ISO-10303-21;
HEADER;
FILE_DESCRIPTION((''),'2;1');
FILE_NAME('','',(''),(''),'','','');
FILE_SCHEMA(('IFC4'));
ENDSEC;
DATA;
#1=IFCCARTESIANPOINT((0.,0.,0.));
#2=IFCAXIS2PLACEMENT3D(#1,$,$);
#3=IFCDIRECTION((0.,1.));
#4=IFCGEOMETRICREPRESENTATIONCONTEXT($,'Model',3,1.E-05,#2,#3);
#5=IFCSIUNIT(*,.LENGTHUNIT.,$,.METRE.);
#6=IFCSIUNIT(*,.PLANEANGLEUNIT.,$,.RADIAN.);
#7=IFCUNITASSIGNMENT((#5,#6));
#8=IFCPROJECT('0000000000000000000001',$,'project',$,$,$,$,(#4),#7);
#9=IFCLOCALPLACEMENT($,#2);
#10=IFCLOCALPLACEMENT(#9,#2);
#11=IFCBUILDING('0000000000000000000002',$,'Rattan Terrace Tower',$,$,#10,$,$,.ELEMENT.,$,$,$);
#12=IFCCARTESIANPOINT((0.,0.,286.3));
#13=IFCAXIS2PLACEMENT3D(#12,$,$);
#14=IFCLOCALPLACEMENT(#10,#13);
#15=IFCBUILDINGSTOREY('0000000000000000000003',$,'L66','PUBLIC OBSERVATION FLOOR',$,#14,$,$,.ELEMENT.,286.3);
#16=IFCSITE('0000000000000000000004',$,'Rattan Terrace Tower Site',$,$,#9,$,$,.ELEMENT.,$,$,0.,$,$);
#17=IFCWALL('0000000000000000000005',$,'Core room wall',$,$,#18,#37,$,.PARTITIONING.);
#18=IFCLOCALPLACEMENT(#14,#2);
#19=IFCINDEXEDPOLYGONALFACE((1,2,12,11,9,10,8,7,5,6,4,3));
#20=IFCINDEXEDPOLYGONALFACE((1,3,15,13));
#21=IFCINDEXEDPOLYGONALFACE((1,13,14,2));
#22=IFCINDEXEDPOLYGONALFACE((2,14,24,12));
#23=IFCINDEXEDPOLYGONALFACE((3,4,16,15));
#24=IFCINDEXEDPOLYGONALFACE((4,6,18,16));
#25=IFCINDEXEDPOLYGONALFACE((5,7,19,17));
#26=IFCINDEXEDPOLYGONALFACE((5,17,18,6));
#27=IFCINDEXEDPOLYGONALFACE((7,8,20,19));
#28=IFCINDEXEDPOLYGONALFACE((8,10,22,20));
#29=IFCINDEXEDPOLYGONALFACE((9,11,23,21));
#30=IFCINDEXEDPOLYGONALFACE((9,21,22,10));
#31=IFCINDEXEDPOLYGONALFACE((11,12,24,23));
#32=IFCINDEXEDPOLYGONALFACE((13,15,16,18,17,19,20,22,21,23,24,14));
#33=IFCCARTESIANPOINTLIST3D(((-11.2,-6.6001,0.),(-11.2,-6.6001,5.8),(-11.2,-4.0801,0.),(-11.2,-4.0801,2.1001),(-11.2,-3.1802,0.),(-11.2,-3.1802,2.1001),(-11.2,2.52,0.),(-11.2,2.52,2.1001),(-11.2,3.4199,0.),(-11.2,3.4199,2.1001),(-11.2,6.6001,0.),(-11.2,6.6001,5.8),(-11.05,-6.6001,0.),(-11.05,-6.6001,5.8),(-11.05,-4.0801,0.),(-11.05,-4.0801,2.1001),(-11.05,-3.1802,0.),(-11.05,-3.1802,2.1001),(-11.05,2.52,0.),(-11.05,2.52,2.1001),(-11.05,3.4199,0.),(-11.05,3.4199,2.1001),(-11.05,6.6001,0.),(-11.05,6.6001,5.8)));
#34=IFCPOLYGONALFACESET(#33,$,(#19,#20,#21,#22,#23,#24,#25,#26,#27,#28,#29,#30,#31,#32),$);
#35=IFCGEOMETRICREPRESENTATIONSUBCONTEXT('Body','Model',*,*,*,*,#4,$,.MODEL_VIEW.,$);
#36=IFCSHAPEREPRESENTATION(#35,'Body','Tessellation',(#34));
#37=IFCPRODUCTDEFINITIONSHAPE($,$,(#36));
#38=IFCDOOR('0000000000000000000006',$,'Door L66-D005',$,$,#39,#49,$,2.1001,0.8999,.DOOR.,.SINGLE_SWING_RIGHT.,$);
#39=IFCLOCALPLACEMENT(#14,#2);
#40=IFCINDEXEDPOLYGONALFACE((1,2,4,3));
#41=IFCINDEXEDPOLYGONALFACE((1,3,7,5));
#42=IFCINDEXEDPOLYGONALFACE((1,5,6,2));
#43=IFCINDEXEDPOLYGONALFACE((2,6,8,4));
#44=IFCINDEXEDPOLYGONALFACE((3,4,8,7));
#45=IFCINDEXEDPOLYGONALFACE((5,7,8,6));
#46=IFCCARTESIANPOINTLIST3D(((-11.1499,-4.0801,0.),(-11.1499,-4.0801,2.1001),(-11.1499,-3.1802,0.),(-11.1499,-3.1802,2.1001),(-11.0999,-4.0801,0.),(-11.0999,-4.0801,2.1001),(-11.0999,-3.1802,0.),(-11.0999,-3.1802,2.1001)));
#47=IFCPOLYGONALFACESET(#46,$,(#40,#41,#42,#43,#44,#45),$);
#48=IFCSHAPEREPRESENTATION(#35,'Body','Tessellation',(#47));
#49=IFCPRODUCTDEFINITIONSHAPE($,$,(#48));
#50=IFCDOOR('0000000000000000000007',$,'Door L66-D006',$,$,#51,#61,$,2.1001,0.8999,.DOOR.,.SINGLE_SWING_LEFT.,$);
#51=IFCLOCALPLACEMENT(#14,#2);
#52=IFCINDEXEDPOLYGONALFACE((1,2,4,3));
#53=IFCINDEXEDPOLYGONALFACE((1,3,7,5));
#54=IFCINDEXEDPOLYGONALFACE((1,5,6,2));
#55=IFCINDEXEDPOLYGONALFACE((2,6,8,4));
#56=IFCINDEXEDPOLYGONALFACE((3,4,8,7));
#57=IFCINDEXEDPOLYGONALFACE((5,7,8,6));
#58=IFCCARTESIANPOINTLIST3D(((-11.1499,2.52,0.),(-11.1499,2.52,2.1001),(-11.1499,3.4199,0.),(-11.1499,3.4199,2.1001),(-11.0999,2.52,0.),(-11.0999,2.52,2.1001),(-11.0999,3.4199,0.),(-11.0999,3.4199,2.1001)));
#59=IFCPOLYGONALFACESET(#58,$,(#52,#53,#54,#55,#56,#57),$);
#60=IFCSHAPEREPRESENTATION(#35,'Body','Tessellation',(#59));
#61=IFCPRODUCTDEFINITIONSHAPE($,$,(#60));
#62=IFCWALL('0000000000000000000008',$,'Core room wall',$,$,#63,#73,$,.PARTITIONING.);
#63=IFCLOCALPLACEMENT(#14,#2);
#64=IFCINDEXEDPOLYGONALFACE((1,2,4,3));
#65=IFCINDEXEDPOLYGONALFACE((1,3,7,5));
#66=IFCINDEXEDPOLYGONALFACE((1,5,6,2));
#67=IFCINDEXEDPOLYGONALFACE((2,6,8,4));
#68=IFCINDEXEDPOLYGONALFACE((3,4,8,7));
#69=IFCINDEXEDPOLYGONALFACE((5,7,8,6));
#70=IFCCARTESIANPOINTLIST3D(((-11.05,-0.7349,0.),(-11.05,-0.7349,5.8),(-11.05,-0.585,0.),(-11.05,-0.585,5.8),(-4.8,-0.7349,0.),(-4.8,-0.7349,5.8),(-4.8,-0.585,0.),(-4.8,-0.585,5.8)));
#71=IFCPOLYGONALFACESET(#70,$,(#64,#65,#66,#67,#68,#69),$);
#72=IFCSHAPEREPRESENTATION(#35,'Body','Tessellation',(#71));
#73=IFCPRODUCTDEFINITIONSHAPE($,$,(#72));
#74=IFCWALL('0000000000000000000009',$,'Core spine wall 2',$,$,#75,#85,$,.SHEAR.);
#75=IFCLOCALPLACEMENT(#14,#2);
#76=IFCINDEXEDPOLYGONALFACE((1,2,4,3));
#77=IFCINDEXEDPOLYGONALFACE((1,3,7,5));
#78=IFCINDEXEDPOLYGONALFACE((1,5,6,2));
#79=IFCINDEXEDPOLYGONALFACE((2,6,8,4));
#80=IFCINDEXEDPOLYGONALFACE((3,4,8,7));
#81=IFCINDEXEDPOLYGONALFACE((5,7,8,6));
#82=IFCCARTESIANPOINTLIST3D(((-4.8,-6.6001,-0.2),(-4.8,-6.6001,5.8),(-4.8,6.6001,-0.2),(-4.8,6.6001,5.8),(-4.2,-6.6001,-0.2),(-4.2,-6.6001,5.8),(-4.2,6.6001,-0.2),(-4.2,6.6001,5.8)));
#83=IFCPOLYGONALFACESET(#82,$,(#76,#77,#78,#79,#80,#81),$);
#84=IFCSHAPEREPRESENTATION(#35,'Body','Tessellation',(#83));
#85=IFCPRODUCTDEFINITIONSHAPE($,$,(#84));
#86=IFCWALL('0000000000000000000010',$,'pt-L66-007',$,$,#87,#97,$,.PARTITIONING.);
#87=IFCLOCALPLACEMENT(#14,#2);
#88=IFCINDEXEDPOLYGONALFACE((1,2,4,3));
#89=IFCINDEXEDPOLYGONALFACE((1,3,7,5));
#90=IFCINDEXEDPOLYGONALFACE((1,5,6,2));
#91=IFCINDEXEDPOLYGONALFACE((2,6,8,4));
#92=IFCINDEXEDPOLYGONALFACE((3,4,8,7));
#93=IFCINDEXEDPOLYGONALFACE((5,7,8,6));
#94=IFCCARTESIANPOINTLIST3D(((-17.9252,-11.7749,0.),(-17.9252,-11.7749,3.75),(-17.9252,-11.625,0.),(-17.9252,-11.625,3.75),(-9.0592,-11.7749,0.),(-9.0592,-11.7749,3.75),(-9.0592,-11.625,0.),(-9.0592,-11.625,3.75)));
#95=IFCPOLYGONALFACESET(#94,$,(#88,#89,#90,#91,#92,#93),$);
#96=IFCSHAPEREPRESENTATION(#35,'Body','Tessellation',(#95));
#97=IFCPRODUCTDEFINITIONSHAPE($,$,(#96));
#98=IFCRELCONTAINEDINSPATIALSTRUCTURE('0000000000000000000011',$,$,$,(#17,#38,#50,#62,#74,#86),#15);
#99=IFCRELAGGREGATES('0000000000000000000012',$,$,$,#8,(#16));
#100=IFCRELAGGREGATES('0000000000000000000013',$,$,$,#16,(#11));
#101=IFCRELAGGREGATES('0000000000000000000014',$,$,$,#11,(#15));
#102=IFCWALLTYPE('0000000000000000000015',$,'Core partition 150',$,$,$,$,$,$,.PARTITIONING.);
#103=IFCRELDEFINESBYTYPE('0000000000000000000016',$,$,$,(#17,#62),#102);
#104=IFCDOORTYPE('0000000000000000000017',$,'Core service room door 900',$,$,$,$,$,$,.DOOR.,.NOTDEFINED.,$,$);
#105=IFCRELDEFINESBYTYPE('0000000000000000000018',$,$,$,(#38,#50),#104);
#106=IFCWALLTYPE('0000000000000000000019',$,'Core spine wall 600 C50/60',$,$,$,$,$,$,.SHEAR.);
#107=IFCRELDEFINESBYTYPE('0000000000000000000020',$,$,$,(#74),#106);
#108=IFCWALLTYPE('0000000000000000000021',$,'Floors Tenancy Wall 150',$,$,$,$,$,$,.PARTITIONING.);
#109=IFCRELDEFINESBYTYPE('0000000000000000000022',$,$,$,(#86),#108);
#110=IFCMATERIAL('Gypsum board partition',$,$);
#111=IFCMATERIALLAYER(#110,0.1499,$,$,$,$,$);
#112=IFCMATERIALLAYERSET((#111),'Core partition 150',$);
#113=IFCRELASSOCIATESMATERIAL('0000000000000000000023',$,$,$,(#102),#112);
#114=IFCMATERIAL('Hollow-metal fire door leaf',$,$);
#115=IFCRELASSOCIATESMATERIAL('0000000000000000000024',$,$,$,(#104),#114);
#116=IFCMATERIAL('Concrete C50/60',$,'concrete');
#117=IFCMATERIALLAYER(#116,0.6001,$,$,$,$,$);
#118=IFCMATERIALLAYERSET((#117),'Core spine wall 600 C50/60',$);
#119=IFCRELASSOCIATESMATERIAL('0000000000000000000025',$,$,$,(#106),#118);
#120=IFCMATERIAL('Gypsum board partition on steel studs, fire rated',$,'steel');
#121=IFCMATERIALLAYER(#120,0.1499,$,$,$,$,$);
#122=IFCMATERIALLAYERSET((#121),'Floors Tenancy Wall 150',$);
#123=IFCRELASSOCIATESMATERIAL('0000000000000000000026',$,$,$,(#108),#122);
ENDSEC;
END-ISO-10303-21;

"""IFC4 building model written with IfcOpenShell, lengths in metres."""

from ifc_helpers import new_model, si_unit, direction, frame, frame_2d, origin, place, context, subcontext, project, spatial, rectangle, extrude, material, layer, layer_set, type_object, element, fill, save


model = new_model("IFC4")

# Units and contexts
model_context = context("Model", 3, precision=1e-05, world=origin(), true_north=direction((0.0, 1.0)))
body_context = subcontext(model_context, "Body", "Model", "MODEL_VIEW")
ifc_project = project(units=[si_unit("LENGTHUNIT", "METRE"), si_unit("PLANEANGLEUNIT", "RADIAN")], contexts=[model_context])

# Site, building, storey
site_placement = place(None, origin())
site = spatial("IfcSite", under=ifc_project, at=site_placement, Name="Rattan Terrace Tower Site", CompositionType="ELEMENT", RefElevation=0.0)
building_placement = place(site_placement, origin())
building = spatial("IfcBuilding", under=site, at=building_placement, Name="Rattan Terrace Tower", CompositionType="ELEMENT")
storey_placement = place(building_placement, frame((0.0, 0.0, 286.3)))
storey = spatial("IfcBuildingStorey", under=building, at=storey_placement, Name="L66", Description="PUBLIC OBSERVATION FLOOR", CompositionType="ELEMENT", Elevation=286.3)

# Wall, openings, doors
ifc_material_1 = material(Name="Gypsum board partition")
ifc_layer_1 = layer(ifc_material_1, 0.1499)
ifc_layer_set_1 = layer_set([ifc_layer_1], Name="Core partition 150")
wall_type_1 = type_object("IfcWallType", Name="Core partition 150", PredefinedType="PARTITIONING", material=ifc_layer_set_1)
wall_1_placement = place(storey_placement, frame((-11.125, -6.6001, 0.0), z_axis=(0.0, 0.0, 1.0), x_axis=(0.0, 1.0, 0.0)))
wall_1 = element("IfcWall", 1, at=wall_1_placement, inside=storey, type_object=wall_type_1, Name="Core room wall", PredefinedType="PARTITIONING", context=body_context, shape_type="SweptSolid", body=[
    extrude(rectangle(XDim=13.2002, YDim=0.1499, at=frame_2d((6.6001, 0.0))), origin(), (0.0, 0.0, 1.0), 5.8),
])
opening_1_placement = place(wall_1_placement, frame((2.52, 0.0, 0.0)))
opening_1 = element("IfcOpeningElement", 2, at=opening_1_placement, cuts=wall_1, PredefinedType="OPENING", context=body_context, shape_type="SweptSolid", body=[
    extrude(rectangle(XDim=0.8999, YDim=2.1001, at=frame_2d((0.45, 1.05))), frame((0.0, 0.0854, 0.0), z_axis=(0.0, -1.0, 0.0), x_axis=(1.0, 0.0, 0.0)), (0.0, 0.0, 1.0), 0.1709),
])
opening_2_placement = place(wall_1_placement, frame((9.1201, 0.0, 0.0)))
opening_2 = element("IfcOpeningElement", 3, at=opening_2_placement, cuts=wall_1, PredefinedType="OPENING", context=body_context, shape_type="SweptSolid", body=[
    extrude(rectangle(XDim=0.8999, YDim=2.1001, at=frame_2d((0.45, 1.05))), frame((0.0, 0.0854, 0.0), z_axis=(0.0, -1.0, 0.0), x_axis=(1.0, 0.0, 0.0)), (0.0, 0.0, 1.0), 0.1709),
])
ifc_material_2 = material(Name="Hollow-metal fire door leaf")
door_type_1 = type_object("IfcDoorType", Name="Core service room door 900", OperationType="NOTDEFINED", PredefinedType="DOOR", material=ifc_material_2)
door_1_placement = place(opening_1_placement, origin())
door_1 = element("IfcDoor", 4, at=door_1_placement, inside=storey, type_object=door_type_1, Name="Door L66-D005", OperationType="SINGLE_SWING_RIGHT", OverallHeight=2.1001, OverallWidth=0.8999, PredefinedType="DOOR", context=body_context, shape_type="SweptSolid", body=[
    extrude(rectangle(XDim=0.8999, YDim=2.1001, at=frame_2d((0.45, 1.05))), frame((0.0, 0.0249, 0.0), z_axis=(0.0, -1.0, 0.0), x_axis=(1.0, 0.0, 0.0)), (0.0, 0.0, 1.0), 0.05),
])
fill(opening_1, door_1)
door_2_placement = place(opening_2_placement, origin())
door_2 = element("IfcDoor", 5, at=door_2_placement, inside=storey, type_object=door_type_1, Name="Door L66-D006", OperationType="SINGLE_SWING_LEFT", OverallHeight=2.1001, OverallWidth=0.8999, PredefinedType="DOOR", context=body_context, shape_type="SweptSolid", body=[
    extrude(rectangle(XDim=0.8999, YDim=2.1001, at=frame_2d((0.45, 1.05))), frame((0.0, 0.0249, 0.0), z_axis=(0.0, -1.0, 0.0), x_axis=(1.0, 0.0, 0.0)), (0.0, 0.0, 1.0), 0.05),
])
fill(opening_2, door_2)

# Walls
wall_2_placement = place(storey_placement, frame((-11.05, -0.6599, 0.0), z_axis=(0.0, 0.0, 1.0), x_axis=(1.0, 0.0, 0.0)))
element("IfcWall", 6, at=wall_2_placement, inside=storey, type_object=wall_type_1, Name="Core room wall", PredefinedType="PARTITIONING", context=body_context, shape_type="SweptSolid", body=[
    extrude(rectangle(XDim=6.25, YDim=0.1499, at=frame_2d((3.125, 0.0))), origin(), (0.0, 0.0, 1.0), 5.8),
])
ifc_material_3 = material(Name="Concrete C50/60", Category="concrete")
ifc_layer_2 = layer(ifc_material_3, 0.6001)
ifc_layer_set_2 = layer_set([ifc_layer_2], Name="Core spine wall 600 C50/60")
wall_type_2 = type_object("IfcWallType", Name="Core spine wall 600 C50/60", PredefinedType="SHEAR", material=ifc_layer_set_2)
wall_3_placement = place(storey_placement, frame((-4.5, -6.6001, -0.2), z_axis=(0.0, 0.0, 1.0), x_axis=(0.0, 1.0, 0.0)))
element("IfcWall", 7, at=wall_3_placement, inside=storey, type_object=wall_type_2, Name="Core spine wall 2", PredefinedType="SHEAR", context=body_context, shape_type="SweptSolid", body=[
    extrude(rectangle(XDim=13.2002, YDim=0.6001, at=frame_2d((6.6001, 0.0))), origin(), (0.0, 0.0, 1.0), 6.0),
])
ifc_material_4 = material(Name="Gypsum board partition on steel studs, fire rated", Category="steel")
ifc_layer_3 = layer(ifc_material_4, 0.1499)
ifc_layer_set_3 = layer_set([ifc_layer_3], Name="Floors Tenancy Wall 150")
wall_type_3 = type_object("IfcWallType", Name="Floors Tenancy Wall 150", PredefinedType="PARTITIONING", material=ifc_layer_set_3)
wall_4_placement = place(storey_placement, frame((-9.0591, -11.7, 0.0), z_axis=(0.0, 0.0, 1.0), x_axis=(-1.0, 0.0, 0.0)))
element("IfcWall", 8, at=wall_4_placement, inside=storey, type_object=wall_type_3, Name="pt-L66-007", PredefinedType="PARTITIONING", context=body_context, shape_type="SweptSolid", body=[
    extrude(rectangle(XDim=8.866, YDim=0.1499, at=frame_2d((4.4331, 0.0))), origin(), (0.0, 0.0, 1.0), 3.75),
])

save(model, "model.ifc")
